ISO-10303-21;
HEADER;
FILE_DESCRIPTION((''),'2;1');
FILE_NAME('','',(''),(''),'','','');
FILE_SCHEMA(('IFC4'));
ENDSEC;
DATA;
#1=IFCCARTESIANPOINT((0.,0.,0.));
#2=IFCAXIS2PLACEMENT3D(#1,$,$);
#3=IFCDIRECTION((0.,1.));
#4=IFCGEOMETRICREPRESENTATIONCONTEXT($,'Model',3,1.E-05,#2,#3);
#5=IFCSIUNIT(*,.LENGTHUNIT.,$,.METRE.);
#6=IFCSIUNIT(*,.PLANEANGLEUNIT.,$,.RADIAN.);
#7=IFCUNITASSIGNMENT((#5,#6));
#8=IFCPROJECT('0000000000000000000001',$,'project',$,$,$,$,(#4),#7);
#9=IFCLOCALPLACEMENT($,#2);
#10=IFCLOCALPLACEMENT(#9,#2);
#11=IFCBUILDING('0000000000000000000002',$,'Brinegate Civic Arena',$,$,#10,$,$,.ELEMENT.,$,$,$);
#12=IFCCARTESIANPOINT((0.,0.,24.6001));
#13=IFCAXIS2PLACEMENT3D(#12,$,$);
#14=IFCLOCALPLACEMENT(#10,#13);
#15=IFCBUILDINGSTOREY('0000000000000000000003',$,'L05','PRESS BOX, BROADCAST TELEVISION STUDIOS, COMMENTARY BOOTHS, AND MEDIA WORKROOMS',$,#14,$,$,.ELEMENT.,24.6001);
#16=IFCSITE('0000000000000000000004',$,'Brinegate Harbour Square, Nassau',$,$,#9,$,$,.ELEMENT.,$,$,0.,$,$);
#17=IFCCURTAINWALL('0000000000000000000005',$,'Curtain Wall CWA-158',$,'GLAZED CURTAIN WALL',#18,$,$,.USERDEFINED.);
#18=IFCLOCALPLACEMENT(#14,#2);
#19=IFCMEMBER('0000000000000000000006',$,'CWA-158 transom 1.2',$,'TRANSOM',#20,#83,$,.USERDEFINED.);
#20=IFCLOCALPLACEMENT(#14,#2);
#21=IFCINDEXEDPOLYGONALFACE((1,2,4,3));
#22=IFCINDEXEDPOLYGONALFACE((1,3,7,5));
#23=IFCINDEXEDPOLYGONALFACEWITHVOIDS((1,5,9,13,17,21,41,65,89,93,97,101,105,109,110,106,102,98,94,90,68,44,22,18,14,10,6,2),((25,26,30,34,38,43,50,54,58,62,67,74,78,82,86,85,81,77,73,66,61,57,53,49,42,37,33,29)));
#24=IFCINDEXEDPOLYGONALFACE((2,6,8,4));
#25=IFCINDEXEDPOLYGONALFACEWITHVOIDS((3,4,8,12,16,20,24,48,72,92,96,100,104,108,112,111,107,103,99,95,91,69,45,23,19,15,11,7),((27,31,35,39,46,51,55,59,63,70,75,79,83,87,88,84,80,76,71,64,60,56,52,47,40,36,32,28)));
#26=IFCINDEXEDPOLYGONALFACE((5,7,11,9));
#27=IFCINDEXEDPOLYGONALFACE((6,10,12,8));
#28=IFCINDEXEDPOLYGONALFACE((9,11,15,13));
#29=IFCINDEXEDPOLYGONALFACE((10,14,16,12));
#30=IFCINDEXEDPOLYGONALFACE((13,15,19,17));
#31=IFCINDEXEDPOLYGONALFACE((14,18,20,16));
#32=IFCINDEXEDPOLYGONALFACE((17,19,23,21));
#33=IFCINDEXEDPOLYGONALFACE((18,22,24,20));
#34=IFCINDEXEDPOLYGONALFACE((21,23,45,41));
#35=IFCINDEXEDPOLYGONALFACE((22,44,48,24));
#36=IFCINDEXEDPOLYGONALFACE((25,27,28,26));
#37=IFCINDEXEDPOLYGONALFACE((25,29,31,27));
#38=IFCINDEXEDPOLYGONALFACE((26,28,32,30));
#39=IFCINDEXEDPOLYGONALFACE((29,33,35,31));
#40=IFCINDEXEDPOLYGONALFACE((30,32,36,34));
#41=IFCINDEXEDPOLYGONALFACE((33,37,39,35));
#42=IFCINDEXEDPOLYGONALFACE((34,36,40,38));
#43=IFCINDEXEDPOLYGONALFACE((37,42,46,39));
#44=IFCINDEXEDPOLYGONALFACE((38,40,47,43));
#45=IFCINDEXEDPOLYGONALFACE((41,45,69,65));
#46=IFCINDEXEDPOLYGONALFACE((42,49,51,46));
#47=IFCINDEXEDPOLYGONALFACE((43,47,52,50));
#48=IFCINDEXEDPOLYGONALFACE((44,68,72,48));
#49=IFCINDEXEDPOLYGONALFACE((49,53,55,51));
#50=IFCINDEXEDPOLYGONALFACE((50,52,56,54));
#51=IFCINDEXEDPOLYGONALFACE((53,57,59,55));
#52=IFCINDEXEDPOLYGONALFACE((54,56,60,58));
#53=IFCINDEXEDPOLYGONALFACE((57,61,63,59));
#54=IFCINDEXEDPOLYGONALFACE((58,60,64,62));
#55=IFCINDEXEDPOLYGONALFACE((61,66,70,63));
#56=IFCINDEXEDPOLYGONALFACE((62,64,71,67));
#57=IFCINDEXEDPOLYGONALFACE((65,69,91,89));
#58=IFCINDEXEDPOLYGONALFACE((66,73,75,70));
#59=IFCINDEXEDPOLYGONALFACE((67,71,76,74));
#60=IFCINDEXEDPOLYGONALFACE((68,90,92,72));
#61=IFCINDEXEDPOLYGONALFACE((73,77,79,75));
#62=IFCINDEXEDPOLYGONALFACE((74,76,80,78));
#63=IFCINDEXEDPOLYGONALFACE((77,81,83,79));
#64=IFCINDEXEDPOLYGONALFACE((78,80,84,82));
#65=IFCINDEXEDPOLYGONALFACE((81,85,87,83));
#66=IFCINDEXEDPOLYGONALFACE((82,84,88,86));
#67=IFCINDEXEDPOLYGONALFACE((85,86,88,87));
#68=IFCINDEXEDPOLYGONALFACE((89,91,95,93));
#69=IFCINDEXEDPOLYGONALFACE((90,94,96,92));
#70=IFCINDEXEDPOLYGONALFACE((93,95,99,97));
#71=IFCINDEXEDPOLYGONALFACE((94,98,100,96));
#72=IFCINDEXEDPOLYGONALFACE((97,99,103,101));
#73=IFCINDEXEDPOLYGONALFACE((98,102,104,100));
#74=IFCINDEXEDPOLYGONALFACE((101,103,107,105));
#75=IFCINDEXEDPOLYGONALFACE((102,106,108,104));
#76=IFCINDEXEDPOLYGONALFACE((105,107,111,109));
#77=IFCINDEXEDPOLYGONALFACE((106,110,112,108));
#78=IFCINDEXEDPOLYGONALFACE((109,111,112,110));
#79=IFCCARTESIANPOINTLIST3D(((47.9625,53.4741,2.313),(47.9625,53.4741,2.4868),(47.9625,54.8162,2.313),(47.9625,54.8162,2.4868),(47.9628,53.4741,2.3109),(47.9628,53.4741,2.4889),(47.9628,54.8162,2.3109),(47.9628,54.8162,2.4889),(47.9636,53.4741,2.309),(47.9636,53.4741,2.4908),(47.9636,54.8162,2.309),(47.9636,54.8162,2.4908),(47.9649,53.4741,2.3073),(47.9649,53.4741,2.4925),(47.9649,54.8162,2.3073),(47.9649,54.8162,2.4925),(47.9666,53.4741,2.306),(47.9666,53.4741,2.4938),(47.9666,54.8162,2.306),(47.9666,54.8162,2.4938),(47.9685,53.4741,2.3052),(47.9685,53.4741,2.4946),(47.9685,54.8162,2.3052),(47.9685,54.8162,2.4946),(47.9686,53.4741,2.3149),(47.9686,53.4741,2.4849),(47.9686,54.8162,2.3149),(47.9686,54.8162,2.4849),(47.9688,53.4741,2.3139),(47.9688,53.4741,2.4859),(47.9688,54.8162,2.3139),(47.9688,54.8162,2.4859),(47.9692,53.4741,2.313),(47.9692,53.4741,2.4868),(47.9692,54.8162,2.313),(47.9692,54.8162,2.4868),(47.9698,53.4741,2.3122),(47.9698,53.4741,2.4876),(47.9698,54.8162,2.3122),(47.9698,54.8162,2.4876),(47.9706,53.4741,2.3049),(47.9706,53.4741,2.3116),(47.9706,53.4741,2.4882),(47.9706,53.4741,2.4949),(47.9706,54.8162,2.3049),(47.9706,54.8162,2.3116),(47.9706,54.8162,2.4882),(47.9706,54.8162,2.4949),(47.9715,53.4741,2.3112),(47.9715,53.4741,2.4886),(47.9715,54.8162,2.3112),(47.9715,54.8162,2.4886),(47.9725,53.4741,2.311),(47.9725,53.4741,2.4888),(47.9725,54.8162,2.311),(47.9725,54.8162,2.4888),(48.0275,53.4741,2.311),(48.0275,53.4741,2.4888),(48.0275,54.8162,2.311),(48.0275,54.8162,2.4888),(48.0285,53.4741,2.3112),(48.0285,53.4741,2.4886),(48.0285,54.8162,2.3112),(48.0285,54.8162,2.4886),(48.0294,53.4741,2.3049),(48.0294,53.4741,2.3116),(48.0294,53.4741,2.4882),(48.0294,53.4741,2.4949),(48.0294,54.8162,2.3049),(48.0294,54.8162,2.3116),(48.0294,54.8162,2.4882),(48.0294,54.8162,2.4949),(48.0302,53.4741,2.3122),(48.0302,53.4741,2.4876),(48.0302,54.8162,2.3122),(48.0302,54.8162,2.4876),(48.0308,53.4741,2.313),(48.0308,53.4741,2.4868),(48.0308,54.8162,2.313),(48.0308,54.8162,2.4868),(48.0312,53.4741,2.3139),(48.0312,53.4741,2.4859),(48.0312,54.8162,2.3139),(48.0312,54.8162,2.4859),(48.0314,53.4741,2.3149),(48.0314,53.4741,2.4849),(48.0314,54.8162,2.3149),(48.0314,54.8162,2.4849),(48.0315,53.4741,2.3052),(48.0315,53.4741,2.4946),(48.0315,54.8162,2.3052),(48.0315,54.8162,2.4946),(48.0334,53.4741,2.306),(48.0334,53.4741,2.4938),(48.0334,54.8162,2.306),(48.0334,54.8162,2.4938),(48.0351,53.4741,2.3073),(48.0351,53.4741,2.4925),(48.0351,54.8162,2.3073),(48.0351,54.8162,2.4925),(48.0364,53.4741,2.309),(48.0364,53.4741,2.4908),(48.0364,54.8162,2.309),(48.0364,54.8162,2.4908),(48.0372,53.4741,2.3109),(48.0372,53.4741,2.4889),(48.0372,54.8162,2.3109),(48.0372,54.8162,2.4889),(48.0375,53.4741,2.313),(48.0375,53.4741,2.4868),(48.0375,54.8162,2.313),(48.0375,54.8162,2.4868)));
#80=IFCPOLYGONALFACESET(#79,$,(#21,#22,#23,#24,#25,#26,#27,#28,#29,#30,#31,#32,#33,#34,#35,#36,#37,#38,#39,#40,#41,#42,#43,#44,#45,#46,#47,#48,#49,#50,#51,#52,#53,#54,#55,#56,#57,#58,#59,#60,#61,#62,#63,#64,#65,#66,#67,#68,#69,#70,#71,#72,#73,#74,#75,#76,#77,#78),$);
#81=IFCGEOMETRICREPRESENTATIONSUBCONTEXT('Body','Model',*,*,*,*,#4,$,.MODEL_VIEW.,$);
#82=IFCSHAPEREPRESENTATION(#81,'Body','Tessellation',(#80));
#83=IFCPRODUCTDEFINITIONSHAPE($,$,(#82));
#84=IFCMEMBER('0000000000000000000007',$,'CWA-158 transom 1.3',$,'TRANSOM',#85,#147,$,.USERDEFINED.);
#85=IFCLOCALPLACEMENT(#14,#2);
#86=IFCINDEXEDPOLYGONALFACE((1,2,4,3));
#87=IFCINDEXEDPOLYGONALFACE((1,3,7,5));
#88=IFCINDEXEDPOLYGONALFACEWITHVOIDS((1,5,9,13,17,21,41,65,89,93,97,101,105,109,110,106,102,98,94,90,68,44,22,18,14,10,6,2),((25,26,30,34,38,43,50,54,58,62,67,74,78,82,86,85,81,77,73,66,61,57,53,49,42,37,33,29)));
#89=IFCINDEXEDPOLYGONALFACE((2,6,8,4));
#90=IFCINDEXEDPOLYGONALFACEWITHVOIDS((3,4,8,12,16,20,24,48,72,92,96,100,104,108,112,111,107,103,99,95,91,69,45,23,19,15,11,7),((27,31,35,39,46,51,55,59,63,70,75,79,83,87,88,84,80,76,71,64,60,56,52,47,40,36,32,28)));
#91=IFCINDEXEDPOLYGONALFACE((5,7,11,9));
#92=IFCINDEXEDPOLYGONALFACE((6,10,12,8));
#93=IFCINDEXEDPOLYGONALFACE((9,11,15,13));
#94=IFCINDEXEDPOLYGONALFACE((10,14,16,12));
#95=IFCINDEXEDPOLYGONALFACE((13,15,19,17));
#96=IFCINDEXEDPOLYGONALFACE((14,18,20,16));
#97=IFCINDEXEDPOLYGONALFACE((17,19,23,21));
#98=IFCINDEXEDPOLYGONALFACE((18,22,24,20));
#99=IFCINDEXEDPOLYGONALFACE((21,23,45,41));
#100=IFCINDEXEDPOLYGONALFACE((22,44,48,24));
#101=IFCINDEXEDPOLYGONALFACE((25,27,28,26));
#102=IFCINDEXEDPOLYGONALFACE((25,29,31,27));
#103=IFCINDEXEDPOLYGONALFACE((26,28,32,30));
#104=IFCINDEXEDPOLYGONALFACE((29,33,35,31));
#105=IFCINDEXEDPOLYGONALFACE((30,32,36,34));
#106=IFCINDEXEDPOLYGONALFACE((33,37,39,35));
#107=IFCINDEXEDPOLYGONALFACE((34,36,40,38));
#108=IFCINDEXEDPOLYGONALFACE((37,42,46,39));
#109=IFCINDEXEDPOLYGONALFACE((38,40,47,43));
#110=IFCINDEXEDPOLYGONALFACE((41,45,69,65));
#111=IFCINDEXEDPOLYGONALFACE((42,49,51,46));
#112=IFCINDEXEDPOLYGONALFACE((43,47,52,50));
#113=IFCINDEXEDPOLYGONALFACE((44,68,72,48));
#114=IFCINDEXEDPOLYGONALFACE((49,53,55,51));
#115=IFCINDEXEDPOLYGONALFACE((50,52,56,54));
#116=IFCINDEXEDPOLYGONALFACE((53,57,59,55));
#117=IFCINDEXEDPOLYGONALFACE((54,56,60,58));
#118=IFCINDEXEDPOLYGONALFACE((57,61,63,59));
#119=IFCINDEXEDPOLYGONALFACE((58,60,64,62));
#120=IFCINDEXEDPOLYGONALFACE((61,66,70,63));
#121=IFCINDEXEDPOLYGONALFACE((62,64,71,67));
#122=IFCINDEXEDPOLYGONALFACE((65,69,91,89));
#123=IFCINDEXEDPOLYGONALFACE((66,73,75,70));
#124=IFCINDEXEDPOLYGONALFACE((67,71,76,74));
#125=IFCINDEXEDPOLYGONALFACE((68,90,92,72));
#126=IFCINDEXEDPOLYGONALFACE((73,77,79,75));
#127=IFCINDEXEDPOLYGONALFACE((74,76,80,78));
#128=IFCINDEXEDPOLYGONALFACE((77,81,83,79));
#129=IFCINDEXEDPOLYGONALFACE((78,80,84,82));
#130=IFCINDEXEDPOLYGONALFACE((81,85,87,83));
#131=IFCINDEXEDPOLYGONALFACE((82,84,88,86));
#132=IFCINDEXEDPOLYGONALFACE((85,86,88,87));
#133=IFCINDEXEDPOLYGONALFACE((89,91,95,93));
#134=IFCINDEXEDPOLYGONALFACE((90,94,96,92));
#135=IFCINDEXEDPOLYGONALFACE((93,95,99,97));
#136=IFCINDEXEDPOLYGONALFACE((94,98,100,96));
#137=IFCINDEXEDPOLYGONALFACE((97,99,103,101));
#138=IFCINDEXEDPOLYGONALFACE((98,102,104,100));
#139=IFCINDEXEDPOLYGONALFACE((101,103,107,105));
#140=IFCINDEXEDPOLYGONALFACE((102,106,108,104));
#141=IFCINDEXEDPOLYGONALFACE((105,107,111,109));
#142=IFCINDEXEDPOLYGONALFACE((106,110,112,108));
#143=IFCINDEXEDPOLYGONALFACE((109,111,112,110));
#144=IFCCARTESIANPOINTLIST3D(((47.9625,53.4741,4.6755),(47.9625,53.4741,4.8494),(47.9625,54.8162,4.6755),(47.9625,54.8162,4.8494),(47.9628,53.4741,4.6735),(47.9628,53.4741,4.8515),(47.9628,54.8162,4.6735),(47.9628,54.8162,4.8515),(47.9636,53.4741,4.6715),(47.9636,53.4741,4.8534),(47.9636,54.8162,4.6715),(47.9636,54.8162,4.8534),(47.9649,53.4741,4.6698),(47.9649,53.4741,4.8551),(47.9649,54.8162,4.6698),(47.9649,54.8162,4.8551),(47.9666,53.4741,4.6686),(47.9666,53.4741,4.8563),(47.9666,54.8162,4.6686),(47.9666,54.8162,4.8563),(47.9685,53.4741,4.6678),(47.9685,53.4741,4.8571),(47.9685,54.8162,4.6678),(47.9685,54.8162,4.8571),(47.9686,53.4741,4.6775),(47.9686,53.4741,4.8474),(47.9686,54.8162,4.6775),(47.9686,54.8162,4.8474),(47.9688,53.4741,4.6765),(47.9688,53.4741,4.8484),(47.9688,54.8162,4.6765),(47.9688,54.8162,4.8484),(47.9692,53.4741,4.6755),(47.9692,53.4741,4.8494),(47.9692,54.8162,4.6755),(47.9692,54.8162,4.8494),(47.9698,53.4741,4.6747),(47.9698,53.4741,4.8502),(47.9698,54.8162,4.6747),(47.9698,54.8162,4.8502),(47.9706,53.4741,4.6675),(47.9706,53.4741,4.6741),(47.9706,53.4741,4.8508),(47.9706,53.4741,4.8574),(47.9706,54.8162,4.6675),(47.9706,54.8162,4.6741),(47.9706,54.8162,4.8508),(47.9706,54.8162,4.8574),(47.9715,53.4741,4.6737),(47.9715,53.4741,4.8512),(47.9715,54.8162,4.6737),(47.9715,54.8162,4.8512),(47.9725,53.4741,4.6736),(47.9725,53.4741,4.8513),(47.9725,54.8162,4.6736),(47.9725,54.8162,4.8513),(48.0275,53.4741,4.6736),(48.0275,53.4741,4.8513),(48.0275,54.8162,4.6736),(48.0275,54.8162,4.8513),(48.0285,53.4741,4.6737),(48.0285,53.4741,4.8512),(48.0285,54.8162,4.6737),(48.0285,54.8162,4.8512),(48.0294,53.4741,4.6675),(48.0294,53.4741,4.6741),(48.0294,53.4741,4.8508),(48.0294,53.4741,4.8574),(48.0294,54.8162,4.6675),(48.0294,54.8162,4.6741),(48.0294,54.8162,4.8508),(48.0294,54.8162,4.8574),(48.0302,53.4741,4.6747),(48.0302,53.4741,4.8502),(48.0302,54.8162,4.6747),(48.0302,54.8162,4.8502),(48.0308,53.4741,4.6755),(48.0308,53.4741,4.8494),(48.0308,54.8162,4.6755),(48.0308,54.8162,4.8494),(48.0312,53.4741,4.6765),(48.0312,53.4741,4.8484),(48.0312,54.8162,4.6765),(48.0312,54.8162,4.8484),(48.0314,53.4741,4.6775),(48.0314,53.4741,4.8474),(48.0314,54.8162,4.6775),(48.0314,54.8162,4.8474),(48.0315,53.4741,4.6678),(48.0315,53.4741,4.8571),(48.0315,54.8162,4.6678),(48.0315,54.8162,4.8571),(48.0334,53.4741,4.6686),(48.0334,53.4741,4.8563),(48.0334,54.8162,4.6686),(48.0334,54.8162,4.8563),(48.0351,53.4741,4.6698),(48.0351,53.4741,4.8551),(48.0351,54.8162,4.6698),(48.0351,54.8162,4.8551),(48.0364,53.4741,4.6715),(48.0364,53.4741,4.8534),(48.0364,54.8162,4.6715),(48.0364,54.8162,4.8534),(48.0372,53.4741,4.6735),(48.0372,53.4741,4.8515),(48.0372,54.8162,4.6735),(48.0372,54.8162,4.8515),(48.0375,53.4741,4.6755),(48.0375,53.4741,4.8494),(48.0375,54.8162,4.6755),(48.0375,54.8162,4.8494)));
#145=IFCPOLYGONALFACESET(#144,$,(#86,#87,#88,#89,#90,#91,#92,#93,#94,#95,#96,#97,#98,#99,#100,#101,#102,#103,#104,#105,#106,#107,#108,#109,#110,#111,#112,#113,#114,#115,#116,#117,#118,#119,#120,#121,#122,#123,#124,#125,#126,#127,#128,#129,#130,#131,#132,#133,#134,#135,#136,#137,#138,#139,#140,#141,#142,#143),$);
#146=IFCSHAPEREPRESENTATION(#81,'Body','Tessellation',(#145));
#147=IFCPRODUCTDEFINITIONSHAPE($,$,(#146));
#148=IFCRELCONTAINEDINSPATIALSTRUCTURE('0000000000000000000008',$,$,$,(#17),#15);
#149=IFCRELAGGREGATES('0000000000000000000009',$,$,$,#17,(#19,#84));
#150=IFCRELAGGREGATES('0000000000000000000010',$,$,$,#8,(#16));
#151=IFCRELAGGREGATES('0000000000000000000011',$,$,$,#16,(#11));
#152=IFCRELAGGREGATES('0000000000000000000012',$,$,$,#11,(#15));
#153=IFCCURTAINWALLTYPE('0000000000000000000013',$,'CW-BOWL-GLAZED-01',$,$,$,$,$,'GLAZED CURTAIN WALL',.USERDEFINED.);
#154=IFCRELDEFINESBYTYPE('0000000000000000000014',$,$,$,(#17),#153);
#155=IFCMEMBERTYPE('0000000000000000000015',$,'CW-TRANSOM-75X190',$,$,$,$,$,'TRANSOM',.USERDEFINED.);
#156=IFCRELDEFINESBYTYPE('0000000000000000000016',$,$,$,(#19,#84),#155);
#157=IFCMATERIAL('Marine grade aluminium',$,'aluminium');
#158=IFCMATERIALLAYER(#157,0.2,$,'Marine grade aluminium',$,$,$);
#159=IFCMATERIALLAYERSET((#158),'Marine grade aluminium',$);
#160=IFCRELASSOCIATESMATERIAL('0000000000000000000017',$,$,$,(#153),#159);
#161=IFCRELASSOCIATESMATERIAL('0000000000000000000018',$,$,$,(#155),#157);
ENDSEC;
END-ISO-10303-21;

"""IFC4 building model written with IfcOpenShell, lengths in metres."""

from ifc_helpers import new_model, si_unit, direction, frame, origin, origin_2d, place, context, subcontext, project, spatial, hollow_rectangle, extrude, material, layer, layer_set, material_profile, profile_set, type_object, element, aggregate, save


model = new_model("IFC4")

# Units and contexts
model_context = context("Model", 3, precision=1e-05, world=origin(), true_north=direction((0.0, 1.0)))
body_context = subcontext(model_context, "Body", "Model", "MODEL_VIEW")
ifc_project = project(units=[si_unit("LENGTHUNIT", "METRE"), si_unit("PLANEANGLEUNIT", "RADIAN")], contexts=[model_context])

# Site, building, storey
site_placement = place(None, origin())
site = spatial("IfcSite", under=ifc_project, at=site_placement, Name="Brinegate Harbour Square, Nassau", CompositionType="ELEMENT", RefElevation=0.0)
building_placement = place(site_placement, origin())
building = spatial("IfcBuilding", under=site, at=building_placement, Name="Brinegate Civic Arena", CompositionType="ELEMENT")
storey_placement = place(building_placement, frame((0.0, 0.0, 24.6001)))
storey = spatial("IfcBuildingStorey", under=building, at=storey_placement, Name="L05", Description="PRESS BOX, BROADCAST TELEVISION STUDIOS, COMMENTARY BOOTHS, AND MEDIA WORKROOMS", CompositionType="ELEMENT", Elevation=24.6001)

# Curtain wall, members
ifc_material_1 = material(Name="Marine grade aluminium", Category="aluminium")
ifc_layer_1 = layer(ifc_material_1, 0.2, Name="Marine grade aluminium")
ifc_layer_set_1 = layer_set([ifc_layer_1], Name="Marine grade aluminium")
curtain_wall_type = type_object("IfcCurtainWallType", Name="CW-BOWL-GLAZED-01", ElementType="GLAZED CURTAIN WALL", PredefinedType="USERDEFINED", material=ifc_layer_set_1)
curtain_wall_placement = place(storey_placement, origin())
curtain_wall = element("IfcCurtainWall", 1, at=curtain_wall_placement, inside=storey, type_object=curtain_wall_type, Name="Curtain Wall CWA-158", ObjectType="GLAZED CURTAIN WALL", PredefinedType="USERDEFINED")
ifc_material_profile_1 = material_profile(ifc_material_1, hollow_rectangle(XDim=0.075, YDim=0.1899, WallThickness=0.0061, InnerFilletRadius=0.0039, OuterFilletRadius=0.0081, at=origin_2d()), Name="TRN75X190")
ifc_profile_set_1 = profile_set([ifc_material_profile_1], Name="Marine grade aluminium")
member_type_1 = type_object("IfcMemberType", Name="CW-TRANSOM-75X190", ElementType="TRANSOM", PredefinedType="USERDEFINED", material=ifc_profile_set_1)
member_1_placement = place(storey_placement, frame((48.0, 53.4741, 2.3999), z_axis=(0.0, 1.0, 0.0), x_axis=(-1.0, 0.0, 0.0)))
member_1 = element("IfcMember", 2, at=member_1_placement, type_object=member_type_1, Name="CWA-158 transom 1.2", ObjectType="TRANSOM", PredefinedType="USERDEFINED", context=body_context, shape_type="SweptSolid", body=[
    extrude(hollow_rectangle(XDim=0.075, YDim=0.1899, WallThickness=0.0061, InnerFilletRadius=0.0039, OuterFilletRadius=0.0081, at=origin_2d()), origin(), (0.0, 0.0, 1.0), 1.342),
])
member_2_placement = place(storey_placement, frame((48.0, 53.4741, 4.7625), z_axis=(0.0, 1.0, 0.0), x_axis=(-1.0, 0.0, 0.0)))
member_2 = element("IfcMember", 3, at=member_2_placement, type_object=member_type_1, Name="CWA-158 transom 1.3", ObjectType="TRANSOM", PredefinedType="USERDEFINED", context=body_context, shape_type="SweptSolid", body=[
    extrude(hollow_rectangle(XDim=0.075, YDim=0.1899, WallThickness=0.0061, InnerFilletRadius=0.0039, OuterFilletRadius=0.0081, at=origin_2d()), origin(), (0.0, 0.0, 1.0), 1.342),
])

aggregate(curtain_wall, [member_1, member_2])

save(model, "model.ifc")
